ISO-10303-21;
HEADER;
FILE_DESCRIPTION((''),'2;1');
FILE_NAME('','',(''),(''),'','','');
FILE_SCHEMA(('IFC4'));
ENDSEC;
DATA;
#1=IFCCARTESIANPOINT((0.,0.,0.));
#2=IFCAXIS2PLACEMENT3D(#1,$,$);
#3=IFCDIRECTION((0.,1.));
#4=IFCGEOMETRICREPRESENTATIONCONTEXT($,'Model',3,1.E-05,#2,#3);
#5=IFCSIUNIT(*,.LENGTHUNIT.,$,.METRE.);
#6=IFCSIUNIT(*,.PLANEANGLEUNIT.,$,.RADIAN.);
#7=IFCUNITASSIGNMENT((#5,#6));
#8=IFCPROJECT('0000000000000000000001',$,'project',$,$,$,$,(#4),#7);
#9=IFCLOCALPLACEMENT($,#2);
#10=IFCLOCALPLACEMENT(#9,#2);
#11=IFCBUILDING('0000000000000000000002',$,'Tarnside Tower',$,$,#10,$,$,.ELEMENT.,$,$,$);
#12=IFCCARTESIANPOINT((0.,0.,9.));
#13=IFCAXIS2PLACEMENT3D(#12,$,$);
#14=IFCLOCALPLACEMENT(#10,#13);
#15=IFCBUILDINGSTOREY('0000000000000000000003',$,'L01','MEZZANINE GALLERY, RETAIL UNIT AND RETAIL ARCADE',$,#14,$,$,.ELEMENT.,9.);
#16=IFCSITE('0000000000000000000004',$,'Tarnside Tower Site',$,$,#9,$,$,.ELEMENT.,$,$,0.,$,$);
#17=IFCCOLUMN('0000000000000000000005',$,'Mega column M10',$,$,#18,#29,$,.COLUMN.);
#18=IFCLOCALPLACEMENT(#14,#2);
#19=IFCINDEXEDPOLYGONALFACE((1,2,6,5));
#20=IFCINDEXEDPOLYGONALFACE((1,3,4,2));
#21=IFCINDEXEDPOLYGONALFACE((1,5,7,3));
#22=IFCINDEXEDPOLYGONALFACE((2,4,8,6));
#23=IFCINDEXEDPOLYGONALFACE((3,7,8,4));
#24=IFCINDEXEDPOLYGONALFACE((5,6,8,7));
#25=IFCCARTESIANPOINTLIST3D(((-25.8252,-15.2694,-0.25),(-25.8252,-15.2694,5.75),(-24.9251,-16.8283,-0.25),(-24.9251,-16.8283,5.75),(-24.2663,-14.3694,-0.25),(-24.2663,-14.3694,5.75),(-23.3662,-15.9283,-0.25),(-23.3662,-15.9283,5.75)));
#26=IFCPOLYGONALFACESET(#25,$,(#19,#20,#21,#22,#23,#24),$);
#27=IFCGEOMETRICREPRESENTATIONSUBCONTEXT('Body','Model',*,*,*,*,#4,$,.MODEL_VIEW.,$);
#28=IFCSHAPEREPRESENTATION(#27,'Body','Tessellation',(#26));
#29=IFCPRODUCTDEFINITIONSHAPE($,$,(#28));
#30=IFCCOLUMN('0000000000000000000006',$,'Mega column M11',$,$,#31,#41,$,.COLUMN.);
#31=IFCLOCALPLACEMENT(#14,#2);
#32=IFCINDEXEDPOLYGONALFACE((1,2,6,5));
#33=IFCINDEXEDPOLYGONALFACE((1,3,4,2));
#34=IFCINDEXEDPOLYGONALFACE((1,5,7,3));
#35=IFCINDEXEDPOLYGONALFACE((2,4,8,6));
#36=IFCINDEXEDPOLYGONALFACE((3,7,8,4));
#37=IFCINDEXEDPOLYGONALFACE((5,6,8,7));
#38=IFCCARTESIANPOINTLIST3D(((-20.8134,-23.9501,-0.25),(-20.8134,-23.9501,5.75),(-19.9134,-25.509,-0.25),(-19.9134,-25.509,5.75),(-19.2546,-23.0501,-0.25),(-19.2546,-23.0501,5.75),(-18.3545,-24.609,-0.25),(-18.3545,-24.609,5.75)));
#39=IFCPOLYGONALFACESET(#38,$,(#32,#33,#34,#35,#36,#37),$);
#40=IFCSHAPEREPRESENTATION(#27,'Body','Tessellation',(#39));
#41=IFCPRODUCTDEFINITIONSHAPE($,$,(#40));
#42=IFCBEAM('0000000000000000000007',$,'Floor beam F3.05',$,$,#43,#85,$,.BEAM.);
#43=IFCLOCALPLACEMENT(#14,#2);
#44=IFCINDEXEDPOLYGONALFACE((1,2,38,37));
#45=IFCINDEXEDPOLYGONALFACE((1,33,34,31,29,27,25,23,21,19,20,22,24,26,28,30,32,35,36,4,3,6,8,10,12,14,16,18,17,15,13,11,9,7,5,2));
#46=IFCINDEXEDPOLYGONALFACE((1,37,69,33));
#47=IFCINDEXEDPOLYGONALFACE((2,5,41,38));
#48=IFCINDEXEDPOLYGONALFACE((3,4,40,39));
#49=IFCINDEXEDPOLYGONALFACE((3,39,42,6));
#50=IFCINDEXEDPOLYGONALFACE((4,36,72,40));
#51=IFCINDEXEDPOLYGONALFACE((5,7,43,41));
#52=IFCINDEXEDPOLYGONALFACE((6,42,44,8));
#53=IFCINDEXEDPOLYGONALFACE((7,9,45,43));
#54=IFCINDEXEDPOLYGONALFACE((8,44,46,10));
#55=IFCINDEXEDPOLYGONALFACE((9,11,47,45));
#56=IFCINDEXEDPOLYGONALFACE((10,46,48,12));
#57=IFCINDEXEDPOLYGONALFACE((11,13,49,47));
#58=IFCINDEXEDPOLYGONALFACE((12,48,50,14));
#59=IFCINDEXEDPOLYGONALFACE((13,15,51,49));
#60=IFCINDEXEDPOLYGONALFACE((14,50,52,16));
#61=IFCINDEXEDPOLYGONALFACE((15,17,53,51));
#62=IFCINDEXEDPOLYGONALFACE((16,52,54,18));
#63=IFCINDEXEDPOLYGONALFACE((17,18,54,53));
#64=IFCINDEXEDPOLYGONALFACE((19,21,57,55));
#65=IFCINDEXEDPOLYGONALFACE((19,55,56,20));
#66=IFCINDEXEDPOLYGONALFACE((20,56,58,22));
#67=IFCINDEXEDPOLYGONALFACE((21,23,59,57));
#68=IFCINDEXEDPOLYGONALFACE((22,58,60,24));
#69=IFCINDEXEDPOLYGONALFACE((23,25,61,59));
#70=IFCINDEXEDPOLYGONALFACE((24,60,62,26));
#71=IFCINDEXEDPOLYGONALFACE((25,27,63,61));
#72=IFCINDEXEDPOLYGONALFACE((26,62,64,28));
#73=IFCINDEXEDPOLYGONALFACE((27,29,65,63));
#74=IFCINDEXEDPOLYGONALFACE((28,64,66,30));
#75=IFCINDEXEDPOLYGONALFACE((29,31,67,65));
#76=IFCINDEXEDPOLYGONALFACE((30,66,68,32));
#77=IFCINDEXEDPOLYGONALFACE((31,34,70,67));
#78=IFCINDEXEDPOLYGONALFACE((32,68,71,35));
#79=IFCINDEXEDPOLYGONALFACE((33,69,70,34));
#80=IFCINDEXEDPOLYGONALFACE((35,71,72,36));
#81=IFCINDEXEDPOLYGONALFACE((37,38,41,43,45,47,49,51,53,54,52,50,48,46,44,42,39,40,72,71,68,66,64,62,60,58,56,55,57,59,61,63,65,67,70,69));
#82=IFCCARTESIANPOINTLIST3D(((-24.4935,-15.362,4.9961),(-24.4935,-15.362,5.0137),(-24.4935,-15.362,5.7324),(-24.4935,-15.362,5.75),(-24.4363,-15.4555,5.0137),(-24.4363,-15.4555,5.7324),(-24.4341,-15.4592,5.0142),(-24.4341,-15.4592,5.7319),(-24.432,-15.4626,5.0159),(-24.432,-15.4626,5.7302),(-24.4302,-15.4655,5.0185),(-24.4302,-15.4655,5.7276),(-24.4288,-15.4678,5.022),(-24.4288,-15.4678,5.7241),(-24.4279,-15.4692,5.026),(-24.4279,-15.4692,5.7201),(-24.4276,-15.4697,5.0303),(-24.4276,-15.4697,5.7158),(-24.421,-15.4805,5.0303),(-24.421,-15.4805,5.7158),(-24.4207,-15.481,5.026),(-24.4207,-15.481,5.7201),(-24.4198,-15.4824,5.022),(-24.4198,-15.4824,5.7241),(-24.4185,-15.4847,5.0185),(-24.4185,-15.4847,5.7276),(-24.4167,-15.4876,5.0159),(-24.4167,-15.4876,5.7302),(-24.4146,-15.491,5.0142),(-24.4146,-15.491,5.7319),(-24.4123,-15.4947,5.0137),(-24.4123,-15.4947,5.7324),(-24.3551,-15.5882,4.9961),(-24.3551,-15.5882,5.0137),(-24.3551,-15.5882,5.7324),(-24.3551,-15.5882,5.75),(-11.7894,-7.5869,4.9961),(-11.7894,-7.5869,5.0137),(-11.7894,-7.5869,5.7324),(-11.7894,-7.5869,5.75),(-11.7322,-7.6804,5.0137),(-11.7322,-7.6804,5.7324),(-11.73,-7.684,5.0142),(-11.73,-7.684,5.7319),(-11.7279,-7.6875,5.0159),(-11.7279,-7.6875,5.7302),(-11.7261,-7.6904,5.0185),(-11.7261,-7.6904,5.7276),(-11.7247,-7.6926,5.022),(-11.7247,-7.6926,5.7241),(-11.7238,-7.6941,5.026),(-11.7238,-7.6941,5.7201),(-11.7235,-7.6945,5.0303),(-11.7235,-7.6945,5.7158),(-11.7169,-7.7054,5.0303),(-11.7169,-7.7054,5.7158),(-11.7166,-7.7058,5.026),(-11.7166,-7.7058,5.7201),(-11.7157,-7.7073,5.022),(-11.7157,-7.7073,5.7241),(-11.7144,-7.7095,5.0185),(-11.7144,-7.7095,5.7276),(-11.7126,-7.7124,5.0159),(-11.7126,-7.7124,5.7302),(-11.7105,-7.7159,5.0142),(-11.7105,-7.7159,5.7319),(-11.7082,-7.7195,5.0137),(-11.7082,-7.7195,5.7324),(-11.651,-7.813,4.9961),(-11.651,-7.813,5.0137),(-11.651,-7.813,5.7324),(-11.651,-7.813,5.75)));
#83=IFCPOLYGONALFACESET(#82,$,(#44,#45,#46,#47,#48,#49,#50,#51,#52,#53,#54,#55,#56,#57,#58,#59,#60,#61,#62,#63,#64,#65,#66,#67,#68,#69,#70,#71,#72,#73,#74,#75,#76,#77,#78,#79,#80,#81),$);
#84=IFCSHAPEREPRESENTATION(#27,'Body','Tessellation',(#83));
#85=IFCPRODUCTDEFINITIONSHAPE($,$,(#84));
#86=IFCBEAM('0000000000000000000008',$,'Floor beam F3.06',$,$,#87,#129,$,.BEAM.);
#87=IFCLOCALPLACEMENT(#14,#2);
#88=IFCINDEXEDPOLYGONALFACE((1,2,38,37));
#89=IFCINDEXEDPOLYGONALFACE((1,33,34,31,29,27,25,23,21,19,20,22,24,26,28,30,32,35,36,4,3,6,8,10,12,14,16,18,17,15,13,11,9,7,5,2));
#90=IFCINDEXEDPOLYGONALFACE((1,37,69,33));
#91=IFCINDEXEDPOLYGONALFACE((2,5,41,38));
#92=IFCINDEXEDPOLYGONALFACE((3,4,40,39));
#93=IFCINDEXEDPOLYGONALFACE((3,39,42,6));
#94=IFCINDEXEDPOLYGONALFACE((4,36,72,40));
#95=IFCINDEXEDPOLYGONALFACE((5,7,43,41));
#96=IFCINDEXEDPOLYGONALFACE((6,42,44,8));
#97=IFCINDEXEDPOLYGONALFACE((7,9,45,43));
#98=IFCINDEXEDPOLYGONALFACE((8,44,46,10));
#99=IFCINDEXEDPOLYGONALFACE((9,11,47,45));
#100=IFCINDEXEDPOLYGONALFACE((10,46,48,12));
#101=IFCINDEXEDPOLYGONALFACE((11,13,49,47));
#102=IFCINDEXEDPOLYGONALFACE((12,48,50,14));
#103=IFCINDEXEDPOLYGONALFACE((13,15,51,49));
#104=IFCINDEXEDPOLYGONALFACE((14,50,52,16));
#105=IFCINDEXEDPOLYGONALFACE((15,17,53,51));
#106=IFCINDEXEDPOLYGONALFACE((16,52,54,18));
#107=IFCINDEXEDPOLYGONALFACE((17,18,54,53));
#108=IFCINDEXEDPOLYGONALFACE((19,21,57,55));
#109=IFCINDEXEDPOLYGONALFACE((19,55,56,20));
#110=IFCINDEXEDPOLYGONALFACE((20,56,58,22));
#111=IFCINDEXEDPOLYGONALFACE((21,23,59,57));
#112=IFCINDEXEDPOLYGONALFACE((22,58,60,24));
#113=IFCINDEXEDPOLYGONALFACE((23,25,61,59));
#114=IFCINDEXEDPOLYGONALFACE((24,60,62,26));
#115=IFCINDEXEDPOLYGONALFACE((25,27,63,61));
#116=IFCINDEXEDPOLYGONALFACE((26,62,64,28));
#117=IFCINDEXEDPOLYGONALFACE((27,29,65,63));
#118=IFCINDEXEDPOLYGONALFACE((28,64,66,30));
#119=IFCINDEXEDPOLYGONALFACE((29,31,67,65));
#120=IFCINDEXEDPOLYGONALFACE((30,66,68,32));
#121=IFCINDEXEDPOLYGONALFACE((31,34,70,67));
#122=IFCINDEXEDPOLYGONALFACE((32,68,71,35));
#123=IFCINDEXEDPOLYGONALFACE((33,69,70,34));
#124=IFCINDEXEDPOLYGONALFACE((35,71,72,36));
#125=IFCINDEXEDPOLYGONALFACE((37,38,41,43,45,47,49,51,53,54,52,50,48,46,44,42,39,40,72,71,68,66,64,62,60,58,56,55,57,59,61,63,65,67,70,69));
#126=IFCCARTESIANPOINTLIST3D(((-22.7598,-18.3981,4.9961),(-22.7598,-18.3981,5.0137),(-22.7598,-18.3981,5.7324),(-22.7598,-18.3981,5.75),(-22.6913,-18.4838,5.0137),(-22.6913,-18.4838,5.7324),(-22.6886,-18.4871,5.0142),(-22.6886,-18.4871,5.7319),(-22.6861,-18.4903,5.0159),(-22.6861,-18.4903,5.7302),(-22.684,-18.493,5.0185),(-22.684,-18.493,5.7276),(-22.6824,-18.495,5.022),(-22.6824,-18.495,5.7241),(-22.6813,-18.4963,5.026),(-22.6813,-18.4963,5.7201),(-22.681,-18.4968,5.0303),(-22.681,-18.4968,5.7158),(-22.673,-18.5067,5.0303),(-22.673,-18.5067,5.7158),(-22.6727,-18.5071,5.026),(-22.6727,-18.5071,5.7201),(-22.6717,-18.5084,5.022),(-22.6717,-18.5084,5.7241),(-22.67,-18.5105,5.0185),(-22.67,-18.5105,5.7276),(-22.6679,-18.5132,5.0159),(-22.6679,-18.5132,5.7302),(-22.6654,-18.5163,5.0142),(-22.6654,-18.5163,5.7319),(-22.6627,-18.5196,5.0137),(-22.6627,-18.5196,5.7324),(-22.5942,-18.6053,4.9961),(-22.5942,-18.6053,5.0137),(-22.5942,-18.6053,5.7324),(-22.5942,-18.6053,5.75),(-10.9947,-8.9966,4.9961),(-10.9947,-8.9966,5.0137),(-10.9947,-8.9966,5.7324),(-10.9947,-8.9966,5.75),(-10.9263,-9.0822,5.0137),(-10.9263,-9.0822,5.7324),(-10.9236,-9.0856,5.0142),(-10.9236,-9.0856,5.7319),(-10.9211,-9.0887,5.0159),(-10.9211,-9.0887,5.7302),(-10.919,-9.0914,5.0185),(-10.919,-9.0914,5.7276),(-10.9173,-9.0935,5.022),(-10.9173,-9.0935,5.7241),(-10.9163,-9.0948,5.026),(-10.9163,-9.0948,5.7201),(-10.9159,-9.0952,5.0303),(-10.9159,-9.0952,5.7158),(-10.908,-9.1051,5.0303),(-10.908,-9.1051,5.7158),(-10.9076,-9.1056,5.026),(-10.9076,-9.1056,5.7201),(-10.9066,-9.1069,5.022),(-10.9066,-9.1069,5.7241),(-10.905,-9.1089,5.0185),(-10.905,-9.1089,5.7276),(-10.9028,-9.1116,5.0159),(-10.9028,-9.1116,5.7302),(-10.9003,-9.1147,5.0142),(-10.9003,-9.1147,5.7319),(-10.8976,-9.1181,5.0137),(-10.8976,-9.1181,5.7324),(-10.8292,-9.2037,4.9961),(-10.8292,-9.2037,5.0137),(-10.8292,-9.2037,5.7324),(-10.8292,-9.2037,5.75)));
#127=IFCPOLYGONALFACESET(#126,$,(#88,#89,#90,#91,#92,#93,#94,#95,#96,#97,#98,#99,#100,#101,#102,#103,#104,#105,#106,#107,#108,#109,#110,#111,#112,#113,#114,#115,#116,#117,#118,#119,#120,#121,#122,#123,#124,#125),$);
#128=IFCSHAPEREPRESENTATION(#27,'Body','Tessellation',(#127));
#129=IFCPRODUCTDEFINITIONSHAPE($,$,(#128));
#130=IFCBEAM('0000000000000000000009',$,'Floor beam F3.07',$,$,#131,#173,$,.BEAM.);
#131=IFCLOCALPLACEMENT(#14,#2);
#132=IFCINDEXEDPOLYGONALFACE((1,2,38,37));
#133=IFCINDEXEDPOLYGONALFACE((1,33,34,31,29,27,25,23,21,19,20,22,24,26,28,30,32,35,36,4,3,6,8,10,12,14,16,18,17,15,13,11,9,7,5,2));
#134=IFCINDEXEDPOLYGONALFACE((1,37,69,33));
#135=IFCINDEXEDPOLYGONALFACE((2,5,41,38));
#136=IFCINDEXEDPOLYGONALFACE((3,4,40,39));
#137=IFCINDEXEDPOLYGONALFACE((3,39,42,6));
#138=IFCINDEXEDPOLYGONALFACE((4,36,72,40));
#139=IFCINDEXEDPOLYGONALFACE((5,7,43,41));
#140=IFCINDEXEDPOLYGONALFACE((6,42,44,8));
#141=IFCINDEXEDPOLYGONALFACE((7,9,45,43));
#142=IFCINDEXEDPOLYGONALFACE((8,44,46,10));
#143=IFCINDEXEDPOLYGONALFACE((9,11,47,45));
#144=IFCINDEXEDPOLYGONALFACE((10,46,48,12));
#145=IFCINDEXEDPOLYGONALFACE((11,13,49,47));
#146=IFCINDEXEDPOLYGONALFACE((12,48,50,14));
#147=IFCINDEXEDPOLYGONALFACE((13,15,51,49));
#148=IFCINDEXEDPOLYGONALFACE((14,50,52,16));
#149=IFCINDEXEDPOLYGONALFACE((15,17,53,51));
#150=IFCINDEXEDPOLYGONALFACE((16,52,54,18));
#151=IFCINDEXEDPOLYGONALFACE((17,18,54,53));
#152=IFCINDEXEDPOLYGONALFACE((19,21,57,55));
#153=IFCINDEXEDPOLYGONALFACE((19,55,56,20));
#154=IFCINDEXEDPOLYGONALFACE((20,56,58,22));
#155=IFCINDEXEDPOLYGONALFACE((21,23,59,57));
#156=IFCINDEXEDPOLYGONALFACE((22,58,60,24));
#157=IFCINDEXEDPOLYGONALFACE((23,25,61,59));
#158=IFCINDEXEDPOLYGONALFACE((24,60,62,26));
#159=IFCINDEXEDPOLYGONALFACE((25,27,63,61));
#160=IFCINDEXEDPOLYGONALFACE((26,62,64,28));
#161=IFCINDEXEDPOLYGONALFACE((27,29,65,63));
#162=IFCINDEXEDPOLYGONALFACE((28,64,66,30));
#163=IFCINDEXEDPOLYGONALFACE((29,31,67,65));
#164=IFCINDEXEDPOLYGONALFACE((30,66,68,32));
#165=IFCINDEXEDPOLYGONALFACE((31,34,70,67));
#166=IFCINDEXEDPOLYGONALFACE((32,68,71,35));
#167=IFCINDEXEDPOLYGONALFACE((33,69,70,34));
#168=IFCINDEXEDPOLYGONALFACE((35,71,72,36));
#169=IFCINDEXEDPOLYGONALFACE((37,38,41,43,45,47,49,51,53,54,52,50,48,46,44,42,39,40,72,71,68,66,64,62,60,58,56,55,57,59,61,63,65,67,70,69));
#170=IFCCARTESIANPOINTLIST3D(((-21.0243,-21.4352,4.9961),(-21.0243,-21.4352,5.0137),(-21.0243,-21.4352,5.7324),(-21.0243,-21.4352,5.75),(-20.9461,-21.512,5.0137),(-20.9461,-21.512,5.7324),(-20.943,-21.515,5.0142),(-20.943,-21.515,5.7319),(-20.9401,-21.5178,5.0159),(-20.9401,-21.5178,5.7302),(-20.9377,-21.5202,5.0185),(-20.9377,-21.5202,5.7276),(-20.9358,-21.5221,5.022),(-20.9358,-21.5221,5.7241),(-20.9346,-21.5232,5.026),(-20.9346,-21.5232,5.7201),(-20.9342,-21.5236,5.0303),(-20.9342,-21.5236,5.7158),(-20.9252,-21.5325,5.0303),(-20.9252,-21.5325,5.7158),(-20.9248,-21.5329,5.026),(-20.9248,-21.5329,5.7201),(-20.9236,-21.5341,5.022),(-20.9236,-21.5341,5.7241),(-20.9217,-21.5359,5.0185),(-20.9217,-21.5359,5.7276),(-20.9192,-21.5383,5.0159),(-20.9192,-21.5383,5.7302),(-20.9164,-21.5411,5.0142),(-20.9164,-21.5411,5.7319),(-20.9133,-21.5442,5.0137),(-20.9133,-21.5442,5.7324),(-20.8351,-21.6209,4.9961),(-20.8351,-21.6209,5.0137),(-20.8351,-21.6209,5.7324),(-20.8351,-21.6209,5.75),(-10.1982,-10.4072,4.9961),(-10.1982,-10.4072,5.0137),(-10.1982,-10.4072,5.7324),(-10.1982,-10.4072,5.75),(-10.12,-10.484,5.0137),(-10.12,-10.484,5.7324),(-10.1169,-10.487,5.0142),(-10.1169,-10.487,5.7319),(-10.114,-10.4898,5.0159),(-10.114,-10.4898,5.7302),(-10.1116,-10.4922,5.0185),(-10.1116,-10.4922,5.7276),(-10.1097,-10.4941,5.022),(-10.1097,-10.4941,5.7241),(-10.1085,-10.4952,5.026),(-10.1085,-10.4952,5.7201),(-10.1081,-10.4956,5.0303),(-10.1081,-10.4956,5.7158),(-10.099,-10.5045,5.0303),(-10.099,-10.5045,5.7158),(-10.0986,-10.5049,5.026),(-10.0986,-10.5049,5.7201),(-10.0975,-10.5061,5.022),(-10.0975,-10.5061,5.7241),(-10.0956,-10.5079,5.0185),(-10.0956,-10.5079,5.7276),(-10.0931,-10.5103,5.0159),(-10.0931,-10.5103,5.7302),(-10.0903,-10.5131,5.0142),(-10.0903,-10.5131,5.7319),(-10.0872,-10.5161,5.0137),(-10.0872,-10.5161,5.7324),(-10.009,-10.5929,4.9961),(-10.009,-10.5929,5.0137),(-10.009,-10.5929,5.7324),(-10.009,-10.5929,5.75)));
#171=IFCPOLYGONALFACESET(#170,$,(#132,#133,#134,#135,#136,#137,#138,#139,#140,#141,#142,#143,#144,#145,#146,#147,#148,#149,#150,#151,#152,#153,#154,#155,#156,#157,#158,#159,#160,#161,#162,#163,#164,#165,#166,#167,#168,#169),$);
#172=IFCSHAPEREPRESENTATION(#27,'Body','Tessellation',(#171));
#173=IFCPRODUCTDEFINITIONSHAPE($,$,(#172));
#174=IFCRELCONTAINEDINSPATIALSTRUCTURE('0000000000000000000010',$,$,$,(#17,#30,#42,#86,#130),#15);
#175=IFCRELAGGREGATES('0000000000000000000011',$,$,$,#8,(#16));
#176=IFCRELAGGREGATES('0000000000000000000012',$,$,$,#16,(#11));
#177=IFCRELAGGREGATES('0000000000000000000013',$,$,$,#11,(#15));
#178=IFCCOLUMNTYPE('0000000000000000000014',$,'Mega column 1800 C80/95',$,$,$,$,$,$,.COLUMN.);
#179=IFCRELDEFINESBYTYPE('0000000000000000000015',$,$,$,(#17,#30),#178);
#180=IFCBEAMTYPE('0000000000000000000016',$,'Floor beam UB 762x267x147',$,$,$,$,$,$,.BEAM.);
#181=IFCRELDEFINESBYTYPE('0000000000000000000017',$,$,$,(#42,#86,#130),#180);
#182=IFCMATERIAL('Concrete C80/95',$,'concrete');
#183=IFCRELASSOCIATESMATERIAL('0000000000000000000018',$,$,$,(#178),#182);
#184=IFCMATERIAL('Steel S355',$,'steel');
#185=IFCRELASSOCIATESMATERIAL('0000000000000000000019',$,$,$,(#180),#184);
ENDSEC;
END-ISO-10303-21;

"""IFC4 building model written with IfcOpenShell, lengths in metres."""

from ifc_helpers import new_model, si_unit, direction, frame, origin, origin_2d, place, context, subcontext, project, spatial, rectangle, i_section, extrude, material, material_profile, profile_set, type_object, element, save


model = new_model("IFC4")

# Units and contexts
model_context = context("Model", 3, precision=1e-05, world=origin(), true_north=direction((0.0, 1.0)))
body_context = subcontext(model_context, "Body", "Model", "MODEL_VIEW")
ifc_project = project(units=[si_unit("LENGTHUNIT", "METRE"), si_unit("PLANEANGLEUNIT", "RADIAN")], contexts=[model_context])

# Site, building, storey
site_placement = place(None, origin())
site = spatial("IfcSite", under=ifc_project, at=site_placement, Name="Tarnside Tower Site", CompositionType="ELEMENT", RefElevation=0.0)
building_placement = place(site_placement, origin())
building = spatial("IfcBuilding", under=site, at=building_placement, Name="Tarnside Tower", CompositionType="ELEMENT")
storey_placement = place(building_placement, frame((0.0, 0.0, 9.0)))
storey = spatial("IfcBuildingStorey", under=building, at=storey_placement, Name="L01", Description="MEZZANINE GALLERY, RETAIL UNIT AND RETAIL ARCADE", CompositionType="ELEMENT", Elevation=9.0)

# Columns
ifc_material_1 = material(Name="Concrete C80/95", Category="concrete")
ifc_material_profile_1 = material_profile(ifc_material_1, rectangle(XDim=1.8, YDim=1.8, at=origin_2d()), Name="Mega column 1800x1800")
ifc_profile_set_1 = profile_set([ifc_material_profile_1], Name="Concrete C80/95")
column_type = type_object("IfcColumnType", Name="Mega column 1800 C80/95", PredefinedType="COLUMN", material=ifc_profile_set_1)
for number, where, z_axis, x_axis, name in (
    (1, (-24.5957, -15.5989, -0.25), (0.0, 0.0, 1.0), (-0.5, 0.866025, 0.0), "Mega column M10"),
    (2, (-19.584, -24.2795, -0.25), (0.0, 0.0, 1.0), (-0.5, 0.866025, 0.0), "Mega column M11"),
):
    element("IfcColumn", number, at=place(storey_placement, frame(where, z_axis=z_axis, x_axis=x_axis)), inside=storey, type_object=column_type, Name=name, PredefinedType="COLUMN", context=body_context, shape_type="SweptSolid", body=[
        extrude(rectangle(XDim=1.8, YDim=1.8, at=origin_2d()), origin(), (0.0, 0.0, 1.0), 6.0),
    ])

# Beams
ifc_material_2 = material(Name="Steel S355", Category="steel")
ifc_material_profile_2 = material_profile(ifc_material_2, i_section(OverallWidth=0.2651, OverallDepth=0.7539, WebThickness=0.0127, FlangeThickness=0.0176, FilletRadius=0.0166, at=origin_2d()), Name="UB 762x267x147")
ifc_profile_set_2 = profile_set([ifc_material_profile_2], Name="Steel S355")
beam_type_1 = type_object("IfcBeamType", Name="Floor beam UB 762x267x147", PredefinedType="BEAM", material=ifc_profile_set_2)
beam_1_placement = place(storey_placement, frame((-24.4243, -15.4751, 5.373), z_axis=(0.852937, 0.522013, 0.0), x_axis=(-0.522013, 0.852937, 0.0)))
element("IfcBeam", 3, at=beam_1_placement, inside=storey, type_object=beam_type_1, Name="Floor beam F3.05", PredefinedType="BEAM", context=body_context, shape_type="SweptSolid", body=[
    extrude(i_section(OverallWidth=0.2651, OverallDepth=0.7539, WebThickness=0.0127, FlangeThickness=0.0176, FilletRadius=0.0166, at=origin_2d()), origin(), (0.0, 0.0, 1.0), 14.8945),
])
beam_2_placement = place(storey_placement, frame((-22.677, -18.5017, 5.373), z_axis=(0.781209, 0.62427, 0.0), x_axis=(-0.62427, 0.781209, 0.0)))
element("IfcBeam", 4, at=beam_2_placement, inside=storey, type_object=beam_type_1, Name="Floor beam F3.06", PredefinedType="BEAM", context=body_context, shape_type="SweptSolid", body=[
    extrude(i_section(OverallWidth=0.2651, OverallDepth=0.7539, WebThickness=0.0127, FlangeThickness=0.0176, FilletRadius=0.0166, at=origin_2d()), origin(), (0.0, 0.0, 1.0), 15.0601),
])
beam_3_placement = place(storey_placement, frame((-20.9297, -21.5281, 5.373), z_axis=(0.700544, 0.713609, 0.0), x_axis=(-0.713609, 0.700544, 0.0)))
element("IfcBeam", 5, at=beam_3_placement, inside=storey, type_object=beam_type_1, Name="Floor beam F3.07", PredefinedType="BEAM", context=body_context, shape_type="SweptSolid", body=[
    extrude(i_section(OverallWidth=0.2651, OverallDepth=0.7539, WebThickness=0.0127, FlangeThickness=0.0176, FilletRadius=0.0166, at=origin_2d()), origin(), (0.0, 0.0, 1.0), 15.4539),
])

save(model, "model.ifc")
